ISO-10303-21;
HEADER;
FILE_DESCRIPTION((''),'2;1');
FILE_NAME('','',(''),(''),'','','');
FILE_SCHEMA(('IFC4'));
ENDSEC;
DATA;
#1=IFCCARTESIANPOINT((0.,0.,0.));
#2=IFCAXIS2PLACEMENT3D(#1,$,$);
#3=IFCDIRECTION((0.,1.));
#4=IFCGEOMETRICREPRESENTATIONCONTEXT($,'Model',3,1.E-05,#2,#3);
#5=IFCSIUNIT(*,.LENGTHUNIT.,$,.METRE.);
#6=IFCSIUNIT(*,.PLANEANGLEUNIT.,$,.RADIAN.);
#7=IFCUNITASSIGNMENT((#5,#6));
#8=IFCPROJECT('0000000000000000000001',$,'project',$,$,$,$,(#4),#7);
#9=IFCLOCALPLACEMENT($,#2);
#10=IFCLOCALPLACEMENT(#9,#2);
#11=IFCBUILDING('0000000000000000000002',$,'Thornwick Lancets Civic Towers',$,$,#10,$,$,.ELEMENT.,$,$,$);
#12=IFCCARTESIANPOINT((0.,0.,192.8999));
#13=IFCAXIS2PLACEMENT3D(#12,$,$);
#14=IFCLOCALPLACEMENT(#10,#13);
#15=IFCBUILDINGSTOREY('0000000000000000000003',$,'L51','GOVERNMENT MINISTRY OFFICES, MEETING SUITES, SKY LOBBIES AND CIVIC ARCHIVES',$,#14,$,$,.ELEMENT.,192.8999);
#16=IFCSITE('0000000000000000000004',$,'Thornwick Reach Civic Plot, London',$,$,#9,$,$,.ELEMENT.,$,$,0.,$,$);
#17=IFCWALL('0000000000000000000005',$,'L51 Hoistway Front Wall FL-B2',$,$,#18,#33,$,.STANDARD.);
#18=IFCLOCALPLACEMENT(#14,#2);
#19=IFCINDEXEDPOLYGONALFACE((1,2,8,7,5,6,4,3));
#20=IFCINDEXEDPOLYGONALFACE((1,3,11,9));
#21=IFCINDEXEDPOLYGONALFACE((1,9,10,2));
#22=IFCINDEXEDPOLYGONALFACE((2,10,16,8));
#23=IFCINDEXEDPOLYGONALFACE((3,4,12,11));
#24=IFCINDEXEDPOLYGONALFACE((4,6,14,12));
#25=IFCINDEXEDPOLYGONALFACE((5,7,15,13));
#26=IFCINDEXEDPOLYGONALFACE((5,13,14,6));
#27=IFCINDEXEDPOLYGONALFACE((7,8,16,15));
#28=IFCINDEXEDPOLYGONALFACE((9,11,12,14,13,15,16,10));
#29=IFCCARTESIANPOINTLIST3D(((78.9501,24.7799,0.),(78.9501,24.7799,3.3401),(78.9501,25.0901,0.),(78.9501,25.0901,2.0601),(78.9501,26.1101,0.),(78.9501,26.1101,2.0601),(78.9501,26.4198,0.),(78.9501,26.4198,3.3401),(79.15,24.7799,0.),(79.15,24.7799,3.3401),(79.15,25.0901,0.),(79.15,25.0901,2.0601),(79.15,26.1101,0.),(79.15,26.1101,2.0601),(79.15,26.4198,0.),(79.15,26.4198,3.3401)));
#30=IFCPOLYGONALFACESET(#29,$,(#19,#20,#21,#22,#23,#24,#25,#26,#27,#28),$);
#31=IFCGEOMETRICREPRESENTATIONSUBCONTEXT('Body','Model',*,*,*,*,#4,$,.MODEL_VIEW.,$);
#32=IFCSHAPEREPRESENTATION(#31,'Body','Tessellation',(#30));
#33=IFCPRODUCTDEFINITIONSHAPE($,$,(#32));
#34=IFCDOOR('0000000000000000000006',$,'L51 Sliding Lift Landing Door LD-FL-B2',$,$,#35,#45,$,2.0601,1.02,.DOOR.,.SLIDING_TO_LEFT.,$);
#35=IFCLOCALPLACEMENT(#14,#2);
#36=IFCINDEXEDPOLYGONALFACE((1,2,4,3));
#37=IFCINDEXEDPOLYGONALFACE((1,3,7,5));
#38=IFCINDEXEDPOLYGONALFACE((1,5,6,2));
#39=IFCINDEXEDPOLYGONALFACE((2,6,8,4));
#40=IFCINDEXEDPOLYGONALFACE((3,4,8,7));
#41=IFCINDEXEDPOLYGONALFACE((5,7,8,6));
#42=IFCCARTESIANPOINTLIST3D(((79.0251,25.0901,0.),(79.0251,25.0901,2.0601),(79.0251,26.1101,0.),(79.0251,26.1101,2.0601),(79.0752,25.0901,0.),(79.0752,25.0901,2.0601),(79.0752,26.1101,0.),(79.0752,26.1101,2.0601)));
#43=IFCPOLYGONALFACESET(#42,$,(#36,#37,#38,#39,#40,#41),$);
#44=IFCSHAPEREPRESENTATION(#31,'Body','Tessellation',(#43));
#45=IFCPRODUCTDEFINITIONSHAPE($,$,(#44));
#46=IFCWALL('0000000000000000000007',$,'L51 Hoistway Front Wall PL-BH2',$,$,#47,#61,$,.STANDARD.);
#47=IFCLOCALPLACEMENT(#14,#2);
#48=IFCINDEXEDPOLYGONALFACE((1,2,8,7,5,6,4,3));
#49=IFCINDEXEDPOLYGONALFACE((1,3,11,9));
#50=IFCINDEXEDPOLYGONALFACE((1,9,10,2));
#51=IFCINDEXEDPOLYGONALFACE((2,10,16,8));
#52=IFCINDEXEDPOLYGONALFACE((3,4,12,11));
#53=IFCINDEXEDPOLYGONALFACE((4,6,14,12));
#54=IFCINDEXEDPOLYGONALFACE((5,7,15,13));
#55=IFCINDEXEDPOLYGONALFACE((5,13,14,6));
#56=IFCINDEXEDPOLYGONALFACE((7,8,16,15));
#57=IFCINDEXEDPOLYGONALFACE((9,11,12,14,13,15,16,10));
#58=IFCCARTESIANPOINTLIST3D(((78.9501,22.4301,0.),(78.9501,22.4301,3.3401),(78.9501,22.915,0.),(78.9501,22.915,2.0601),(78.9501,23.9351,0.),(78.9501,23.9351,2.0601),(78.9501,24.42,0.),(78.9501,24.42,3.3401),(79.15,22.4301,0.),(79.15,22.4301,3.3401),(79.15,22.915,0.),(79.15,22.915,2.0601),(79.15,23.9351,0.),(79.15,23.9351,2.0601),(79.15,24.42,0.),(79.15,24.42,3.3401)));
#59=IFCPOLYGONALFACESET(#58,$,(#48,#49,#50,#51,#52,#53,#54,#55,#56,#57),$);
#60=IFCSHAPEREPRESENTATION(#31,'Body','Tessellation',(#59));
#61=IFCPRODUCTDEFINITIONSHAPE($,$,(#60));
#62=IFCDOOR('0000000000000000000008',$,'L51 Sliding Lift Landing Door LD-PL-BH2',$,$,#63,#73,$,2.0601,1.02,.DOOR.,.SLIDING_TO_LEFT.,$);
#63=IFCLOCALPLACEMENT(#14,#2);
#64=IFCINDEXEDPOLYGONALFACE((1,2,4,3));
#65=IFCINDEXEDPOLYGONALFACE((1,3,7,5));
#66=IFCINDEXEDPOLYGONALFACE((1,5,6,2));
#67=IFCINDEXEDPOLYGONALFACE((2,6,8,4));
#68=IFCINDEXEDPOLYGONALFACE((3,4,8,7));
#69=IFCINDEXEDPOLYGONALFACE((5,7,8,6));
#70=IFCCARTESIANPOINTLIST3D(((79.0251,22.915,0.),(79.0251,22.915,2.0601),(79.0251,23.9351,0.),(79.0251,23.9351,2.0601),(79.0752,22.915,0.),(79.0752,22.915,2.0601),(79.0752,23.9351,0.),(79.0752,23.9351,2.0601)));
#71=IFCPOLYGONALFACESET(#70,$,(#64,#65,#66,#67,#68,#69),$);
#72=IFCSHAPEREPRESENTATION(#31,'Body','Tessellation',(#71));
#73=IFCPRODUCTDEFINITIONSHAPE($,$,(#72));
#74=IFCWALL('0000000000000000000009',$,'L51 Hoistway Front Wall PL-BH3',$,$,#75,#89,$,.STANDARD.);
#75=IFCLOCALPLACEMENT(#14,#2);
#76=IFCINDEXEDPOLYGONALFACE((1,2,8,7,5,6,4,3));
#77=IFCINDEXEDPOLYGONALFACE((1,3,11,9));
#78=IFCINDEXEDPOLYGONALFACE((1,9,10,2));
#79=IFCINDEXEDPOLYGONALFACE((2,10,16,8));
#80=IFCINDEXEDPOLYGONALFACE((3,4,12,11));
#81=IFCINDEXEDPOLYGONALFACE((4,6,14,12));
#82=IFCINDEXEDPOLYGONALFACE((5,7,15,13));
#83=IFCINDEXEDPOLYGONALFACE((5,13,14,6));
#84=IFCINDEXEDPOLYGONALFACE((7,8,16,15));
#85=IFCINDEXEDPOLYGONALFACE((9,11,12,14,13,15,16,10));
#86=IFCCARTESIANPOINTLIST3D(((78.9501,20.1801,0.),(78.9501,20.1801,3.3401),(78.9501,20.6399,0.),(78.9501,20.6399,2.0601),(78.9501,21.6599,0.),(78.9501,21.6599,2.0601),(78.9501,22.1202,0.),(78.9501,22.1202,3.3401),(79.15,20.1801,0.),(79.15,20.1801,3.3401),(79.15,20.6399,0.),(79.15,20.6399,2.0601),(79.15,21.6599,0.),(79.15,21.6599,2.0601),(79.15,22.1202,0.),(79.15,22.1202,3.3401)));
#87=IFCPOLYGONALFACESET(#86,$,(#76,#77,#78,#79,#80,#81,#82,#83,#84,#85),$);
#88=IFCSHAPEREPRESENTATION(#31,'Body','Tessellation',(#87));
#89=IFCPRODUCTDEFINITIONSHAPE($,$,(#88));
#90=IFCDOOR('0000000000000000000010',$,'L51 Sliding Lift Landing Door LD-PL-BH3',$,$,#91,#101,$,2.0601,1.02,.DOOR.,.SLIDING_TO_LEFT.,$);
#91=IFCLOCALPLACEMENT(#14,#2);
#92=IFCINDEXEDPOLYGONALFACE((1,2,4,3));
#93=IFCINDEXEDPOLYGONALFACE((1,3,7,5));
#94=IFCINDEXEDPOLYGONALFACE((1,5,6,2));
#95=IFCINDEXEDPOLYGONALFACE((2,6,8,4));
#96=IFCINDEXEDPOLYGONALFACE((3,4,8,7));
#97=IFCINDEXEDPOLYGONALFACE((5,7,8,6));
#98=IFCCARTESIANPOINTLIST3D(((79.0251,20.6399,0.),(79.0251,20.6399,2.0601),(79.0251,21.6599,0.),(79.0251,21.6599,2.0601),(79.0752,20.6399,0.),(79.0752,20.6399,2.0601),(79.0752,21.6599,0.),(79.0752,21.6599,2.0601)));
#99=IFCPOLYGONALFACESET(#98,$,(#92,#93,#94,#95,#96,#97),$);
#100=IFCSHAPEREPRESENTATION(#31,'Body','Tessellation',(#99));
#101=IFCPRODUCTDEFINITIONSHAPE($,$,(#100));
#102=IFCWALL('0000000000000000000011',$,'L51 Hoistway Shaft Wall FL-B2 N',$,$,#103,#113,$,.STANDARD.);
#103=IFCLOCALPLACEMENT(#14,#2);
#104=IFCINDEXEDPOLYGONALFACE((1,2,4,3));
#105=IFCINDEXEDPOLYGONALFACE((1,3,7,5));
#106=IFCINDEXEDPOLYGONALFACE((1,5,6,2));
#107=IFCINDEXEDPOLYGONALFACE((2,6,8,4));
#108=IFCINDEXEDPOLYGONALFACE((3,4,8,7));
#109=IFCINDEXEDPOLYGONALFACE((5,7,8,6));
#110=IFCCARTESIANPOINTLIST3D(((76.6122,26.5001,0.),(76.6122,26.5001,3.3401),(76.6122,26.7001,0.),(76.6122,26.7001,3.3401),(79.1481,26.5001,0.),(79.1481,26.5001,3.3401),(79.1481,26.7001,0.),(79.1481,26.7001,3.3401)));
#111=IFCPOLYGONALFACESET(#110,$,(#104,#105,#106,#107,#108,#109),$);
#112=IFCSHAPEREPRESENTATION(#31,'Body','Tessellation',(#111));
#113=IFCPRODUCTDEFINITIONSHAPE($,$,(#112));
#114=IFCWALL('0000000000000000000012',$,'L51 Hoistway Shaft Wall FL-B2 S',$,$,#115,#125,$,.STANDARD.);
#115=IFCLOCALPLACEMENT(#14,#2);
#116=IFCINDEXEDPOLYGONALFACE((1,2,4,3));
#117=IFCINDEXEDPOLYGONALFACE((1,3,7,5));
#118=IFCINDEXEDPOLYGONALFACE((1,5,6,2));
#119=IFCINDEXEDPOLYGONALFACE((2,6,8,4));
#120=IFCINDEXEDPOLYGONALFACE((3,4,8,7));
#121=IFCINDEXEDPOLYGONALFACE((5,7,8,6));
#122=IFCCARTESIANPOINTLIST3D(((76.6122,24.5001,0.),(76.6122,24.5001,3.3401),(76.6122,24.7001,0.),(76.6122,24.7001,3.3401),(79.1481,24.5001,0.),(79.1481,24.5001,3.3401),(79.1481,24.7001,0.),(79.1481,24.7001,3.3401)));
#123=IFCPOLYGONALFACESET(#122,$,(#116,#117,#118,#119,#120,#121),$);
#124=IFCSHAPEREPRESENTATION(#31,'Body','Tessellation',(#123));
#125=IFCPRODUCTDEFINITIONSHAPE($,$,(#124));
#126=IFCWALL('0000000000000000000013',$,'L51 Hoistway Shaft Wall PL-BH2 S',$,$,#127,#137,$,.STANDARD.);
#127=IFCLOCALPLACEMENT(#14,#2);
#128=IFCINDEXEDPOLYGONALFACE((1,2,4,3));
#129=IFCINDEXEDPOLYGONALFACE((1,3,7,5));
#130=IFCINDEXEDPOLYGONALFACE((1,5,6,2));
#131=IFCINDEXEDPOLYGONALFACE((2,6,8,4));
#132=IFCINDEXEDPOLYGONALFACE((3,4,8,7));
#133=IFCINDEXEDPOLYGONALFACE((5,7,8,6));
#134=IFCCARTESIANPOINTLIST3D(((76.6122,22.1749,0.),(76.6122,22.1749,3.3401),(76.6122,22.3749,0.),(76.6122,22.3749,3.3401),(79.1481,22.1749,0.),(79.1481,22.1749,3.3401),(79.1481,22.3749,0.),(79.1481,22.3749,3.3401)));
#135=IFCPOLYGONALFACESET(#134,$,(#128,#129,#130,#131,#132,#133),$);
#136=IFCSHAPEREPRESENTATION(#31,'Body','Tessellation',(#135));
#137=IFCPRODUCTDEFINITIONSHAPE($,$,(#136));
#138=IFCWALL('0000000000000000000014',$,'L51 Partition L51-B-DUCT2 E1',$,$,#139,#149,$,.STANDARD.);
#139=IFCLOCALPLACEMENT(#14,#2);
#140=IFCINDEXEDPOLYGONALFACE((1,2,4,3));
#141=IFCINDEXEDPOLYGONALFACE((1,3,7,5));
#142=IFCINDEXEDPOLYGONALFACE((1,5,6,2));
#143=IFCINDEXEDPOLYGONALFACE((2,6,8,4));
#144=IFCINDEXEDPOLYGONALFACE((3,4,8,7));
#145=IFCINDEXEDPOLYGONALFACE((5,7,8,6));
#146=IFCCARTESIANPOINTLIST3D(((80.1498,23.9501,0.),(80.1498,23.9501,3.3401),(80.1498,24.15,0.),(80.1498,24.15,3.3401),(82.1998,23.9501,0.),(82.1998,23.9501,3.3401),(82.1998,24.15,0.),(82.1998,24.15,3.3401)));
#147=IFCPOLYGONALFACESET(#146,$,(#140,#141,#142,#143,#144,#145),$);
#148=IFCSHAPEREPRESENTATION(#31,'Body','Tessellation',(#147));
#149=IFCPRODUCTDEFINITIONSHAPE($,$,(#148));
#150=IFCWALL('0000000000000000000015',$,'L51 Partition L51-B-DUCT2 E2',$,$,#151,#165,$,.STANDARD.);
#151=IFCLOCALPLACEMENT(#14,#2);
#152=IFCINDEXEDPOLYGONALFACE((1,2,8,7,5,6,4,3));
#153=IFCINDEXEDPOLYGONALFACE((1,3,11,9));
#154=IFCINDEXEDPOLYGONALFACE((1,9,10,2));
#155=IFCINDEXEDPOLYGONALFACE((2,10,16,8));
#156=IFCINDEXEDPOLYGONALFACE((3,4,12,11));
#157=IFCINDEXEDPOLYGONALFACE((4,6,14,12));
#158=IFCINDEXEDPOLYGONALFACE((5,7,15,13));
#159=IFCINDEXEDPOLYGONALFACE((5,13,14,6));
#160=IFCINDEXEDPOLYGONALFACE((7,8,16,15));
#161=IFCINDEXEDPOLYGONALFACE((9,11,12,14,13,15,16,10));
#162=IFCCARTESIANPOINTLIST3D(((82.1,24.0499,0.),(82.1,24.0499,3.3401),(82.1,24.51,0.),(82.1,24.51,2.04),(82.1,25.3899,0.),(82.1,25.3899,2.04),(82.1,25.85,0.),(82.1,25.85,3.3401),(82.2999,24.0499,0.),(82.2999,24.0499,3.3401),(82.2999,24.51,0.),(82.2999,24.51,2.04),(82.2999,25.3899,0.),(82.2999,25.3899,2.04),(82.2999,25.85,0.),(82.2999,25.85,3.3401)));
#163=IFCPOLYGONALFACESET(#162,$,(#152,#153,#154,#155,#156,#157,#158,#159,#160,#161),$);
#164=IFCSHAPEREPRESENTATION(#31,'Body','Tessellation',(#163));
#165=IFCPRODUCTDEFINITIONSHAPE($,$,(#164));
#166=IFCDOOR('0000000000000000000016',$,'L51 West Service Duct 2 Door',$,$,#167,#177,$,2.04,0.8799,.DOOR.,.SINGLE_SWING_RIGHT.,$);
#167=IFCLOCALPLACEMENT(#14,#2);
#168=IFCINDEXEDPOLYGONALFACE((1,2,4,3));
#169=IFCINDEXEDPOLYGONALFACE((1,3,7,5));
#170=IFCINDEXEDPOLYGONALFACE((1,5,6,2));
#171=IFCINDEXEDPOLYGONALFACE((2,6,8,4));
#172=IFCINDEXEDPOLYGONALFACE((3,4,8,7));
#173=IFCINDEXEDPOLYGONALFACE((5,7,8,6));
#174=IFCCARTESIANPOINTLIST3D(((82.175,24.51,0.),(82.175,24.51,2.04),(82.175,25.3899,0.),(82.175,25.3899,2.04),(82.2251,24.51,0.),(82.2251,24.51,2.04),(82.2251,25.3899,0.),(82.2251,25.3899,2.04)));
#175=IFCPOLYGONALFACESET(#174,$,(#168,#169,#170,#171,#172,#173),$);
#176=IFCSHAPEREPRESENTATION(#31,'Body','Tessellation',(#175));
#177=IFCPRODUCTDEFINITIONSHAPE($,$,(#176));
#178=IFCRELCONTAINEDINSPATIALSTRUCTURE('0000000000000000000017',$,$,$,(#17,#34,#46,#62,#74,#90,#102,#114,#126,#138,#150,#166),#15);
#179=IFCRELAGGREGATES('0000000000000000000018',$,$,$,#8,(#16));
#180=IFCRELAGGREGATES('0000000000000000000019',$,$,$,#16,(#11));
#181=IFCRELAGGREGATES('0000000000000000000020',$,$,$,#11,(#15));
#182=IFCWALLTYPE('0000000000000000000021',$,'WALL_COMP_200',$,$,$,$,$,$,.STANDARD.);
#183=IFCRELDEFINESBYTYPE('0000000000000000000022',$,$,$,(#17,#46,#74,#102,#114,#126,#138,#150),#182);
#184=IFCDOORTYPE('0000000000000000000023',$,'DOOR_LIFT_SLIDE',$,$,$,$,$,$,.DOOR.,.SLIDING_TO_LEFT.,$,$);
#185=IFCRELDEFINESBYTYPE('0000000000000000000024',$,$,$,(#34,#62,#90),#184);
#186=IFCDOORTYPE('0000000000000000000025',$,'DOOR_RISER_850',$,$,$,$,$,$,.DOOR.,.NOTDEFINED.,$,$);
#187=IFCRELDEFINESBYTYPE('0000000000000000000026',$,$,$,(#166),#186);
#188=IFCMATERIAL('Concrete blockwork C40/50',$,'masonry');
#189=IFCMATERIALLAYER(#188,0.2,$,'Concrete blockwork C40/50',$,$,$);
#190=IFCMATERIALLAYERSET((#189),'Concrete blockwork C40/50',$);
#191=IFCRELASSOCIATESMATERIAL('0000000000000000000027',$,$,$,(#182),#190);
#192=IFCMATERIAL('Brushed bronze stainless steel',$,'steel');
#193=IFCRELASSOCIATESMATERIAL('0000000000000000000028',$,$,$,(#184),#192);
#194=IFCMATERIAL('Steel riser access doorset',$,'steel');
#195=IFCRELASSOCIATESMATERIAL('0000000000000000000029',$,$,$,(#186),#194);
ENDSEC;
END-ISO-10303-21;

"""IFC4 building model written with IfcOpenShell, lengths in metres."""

from ifc_helpers import new_model, si_unit, direction, frame, frame_2d, origin, place, context, subcontext, project, spatial, rectangle, extrude, material, layer, layer_set, type_object, element, fill, save


model = new_model("IFC4")

# Units and contexts
model_context = context("Model", 3, precision=1e-05, world=origin(), true_north=direction((0.0, 1.0)))
body_context = subcontext(model_context, "Body", "Model", "MODEL_VIEW")
ifc_project = project(units=[si_unit("LENGTHUNIT", "METRE"), si_unit("PLANEANGLEUNIT", "RADIAN")], contexts=[model_context])

# Site, building, storey
site_placement = place(None, origin())
site = spatial("IfcSite", under=ifc_project, at=site_placement, Name="Thornwick Reach Civic Plot, London", CompositionType="ELEMENT", RefElevation=0.0)
building_placement = place(site_placement, origin())
building = spatial("IfcBuilding", under=site, at=building_placement, Name="Thornwick Lancets Civic Towers", CompositionType="ELEMENT")
storey_placement = place(building_placement, frame((0.0, 0.0, 192.8999)))
storey = spatial("IfcBuildingStorey", under=building, at=storey_placement, Name="L51", Description="GOVERNMENT MINISTRY OFFICES, MEETING SUITES, SKY LOBBIES AND CIVIC ARCHIVES", CompositionType="ELEMENT", Elevation=192.8999)

# Walls, openings, doors
ifc_material_1 = material(Name="Concrete blockwork C40/50", Category="masonry")
ifc_layer_1 = layer(ifc_material_1, 0.2, Name="Concrete blockwork C40/50")
ifc_layer_set_1 = layer_set([ifc_layer_1], Name="Concrete blockwork C40/50")
wall_type_1 = type_object("IfcWallType", Name="WALL_COMP_200", PredefinedType="STANDARD", material=ifc_layer_set_1)
wall_1_placement = place(storey_placement, frame((79.05, 24.78, 0.0), z_axis=(0.0, 0.0, 1.0), x_axis=(0.0, 1.0, 0.0)))
wall_1 = element("IfcWall", 1, at=wall_1_placement, inside=storey, type_object=wall_type_1, Name="L51 Hoistway Front Wall FL-B2", PredefinedType="STANDARD", context=body_context, shape_type="SweptSolid", body=[
    extrude(rectangle(XDim=1.6399, YDim=0.2, at=frame_2d((0.8198, 0.0))), origin(), (0.0, 0.0, 1.0), 3.3401),
])
opening_1_placement = place(wall_1_placement, frame((0.3101, 0.0, 0.0)))
opening_1 = element("IfcOpeningElement", 2, at=opening_1_placement, cuts=wall_1, PredefinedType="OPENING", context=body_context, shape_type="SweptSolid", body=[
    extrude(rectangle(XDim=1.02, YDim=2.0601, at=frame_2d((0.51, 1.03))), frame((0.0, 0.1099, 0.0), z_axis=(0.0, -1.0, 0.0), x_axis=(1.0, 0.0, 0.0)), (0.0, 0.0, 1.0), 0.22),
])
ifc_material_2 = material(Name="Brushed bronze stainless steel", Category="steel")
door_type_1 = type_object("IfcDoorType", Name="DOOR_LIFT_SLIDE", OperationType="SLIDING_TO_LEFT", PredefinedType="DOOR", material=ifc_material_2)
door_1_placement = place(opening_1_placement, origin())
door_1 = element("IfcDoor", 3, at=door_1_placement, inside=storey, type_object=door_type_1, Name="L51 Sliding Lift Landing Door LD-FL-B2", OperationType="SLIDING_TO_LEFT", OverallHeight=2.0601, OverallWidth=1.02, PredefinedType="DOOR", context=body_context, shape_type="SweptSolid", body=[
    extrude(rectangle(XDim=1.02, YDim=2.0601, at=frame_2d((0.51, 1.03))), frame((0.0, 0.0249, 0.0), z_axis=(0.0, -1.0, 0.0), x_axis=(1.0, 0.0, 0.0)), (0.0, 0.0, 1.0), 0.05),
])
fill(opening_1, door_1)
wall_2_placement = place(storey_placement, frame((79.05, 22.4299, 0.0), z_axis=(0.0, 0.0, 1.0), x_axis=(0.0, 1.0, 0.0)))
wall_2 = element("IfcWall", 4, at=wall_2_placement, inside=storey, type_object=wall_type_1, Name="L51 Hoistway Front Wall PL-BH2", PredefinedType="STANDARD", context=body_context, shape_type="SweptSolid", body=[
    extrude(rectangle(XDim=1.99, YDim=0.2, at=frame_2d((0.9951, 0.0))), origin(), (0.0, 0.0, 1.0), 3.3401),
])
opening_2_placement = place(wall_2_placement, frame((0.4851, 0.0, 0.0)))
opening_2 = element("IfcOpeningElement", 5, at=opening_2_placement, cuts=wall_2, PredefinedType="OPENING", context=body_context, shape_type="SweptSolid", body=[
    extrude(rectangle(XDim=1.02, YDim=2.0601, at=frame_2d((0.51, 1.03))), frame((0.0, 0.1099, 0.0), z_axis=(0.0, -1.0, 0.0), x_axis=(1.0, 0.0, 0.0)), (0.0, 0.0, 1.0), 0.22),
])
door_2_placement = place(opening_2_placement, origin())
door_2 = element("IfcDoor", 6, at=door_2_placement, inside=storey, type_object=door_type_1, Name="L51 Sliding Lift Landing Door LD-PL-BH2", OperationType="SLIDING_TO_LEFT", OverallHeight=2.0601, OverallWidth=1.02, PredefinedType="DOOR", context=body_context, shape_type="SweptSolid", body=[
    extrude(rectangle(XDim=1.02, YDim=2.0601, at=frame_2d((0.51, 1.03))), frame((0.0, 0.0249, 0.0), z_axis=(0.0, -1.0, 0.0), x_axis=(1.0, 0.0, 0.0)), (0.0, 0.0, 1.0), 0.05),
])
fill(opening_2, door_2)
wall_3_placement = place(storey_placement, frame((79.05, 20.1799, 0.0), z_axis=(0.0, 0.0, 1.0), x_axis=(0.0, 1.0, 0.0)))
wall_3 = element("IfcWall", 7, at=wall_3_placement, inside=storey, type_object=wall_type_1, Name="L51 Hoistway Front Wall PL-BH3", PredefinedType="STANDARD", context=body_context, shape_type="SweptSolid", body=[
    extrude(rectangle(XDim=1.9402, YDim=0.2, at=frame_2d((0.9702, 0.0))), origin(), (0.0, 0.0, 1.0), 3.3401),
])
opening_3_placement = place(wall_3_placement, frame((0.46, 0.0, 0.0)))
opening_3 = element("IfcOpeningElement", 8, at=opening_3_placement, cuts=wall_3, PredefinedType="OPENING", context=body_context, shape_type="SweptSolid", body=[
    extrude(rectangle(XDim=1.02, YDim=2.0601, at=frame_2d((0.51, 1.03))), frame((0.0, 0.1099, 0.0), z_axis=(0.0, -1.0, 0.0), x_axis=(1.0, 0.0, 0.0)), (0.0, 0.0, 1.0), 0.22),
])
door_3_placement = place(opening_3_placement, origin())
door_3 = element("IfcDoor", 9, at=door_3_placement, inside=storey, type_object=door_type_1, Name="L51 Sliding Lift Landing Door LD-PL-BH3", OperationType="SLIDING_TO_LEFT", OverallHeight=2.0601, OverallWidth=1.02, PredefinedType="DOOR", context=body_context, shape_type="SweptSolid", body=[
    extrude(rectangle(XDim=1.02, YDim=2.0601, at=frame_2d((0.51, 1.03))), frame((0.0, 0.0249, 0.0), z_axis=(0.0, -1.0, 0.0), x_axis=(1.0, 0.0, 0.0)), (0.0, 0.0, 1.0), 0.05),
])
fill(opening_3, door_3)

# Walls
for number, where, z_axis, x_axis, name in (
    (10, (76.6121, 26.6001, 0.0), (0.0, 0.0, 1.0), (1.0, 0.0, 0.0), "L51 Hoistway Shaft Wall FL-B2 N"),
    (11, (76.6121, 24.6001, 0.0), (0.0, 0.0, 1.0), (1.0, 0.0, 0.0), "L51 Hoistway Shaft Wall FL-B2 S"),
    (12, (76.6121, 22.2749, 0.0), (0.0, 0.0, 1.0), (1.0, 0.0, 0.0), "L51 Hoistway Shaft Wall PL-BH2 S"),
):
    element("IfcWall", number, at=place(storey_placement, frame(where, z_axis=z_axis, x_axis=x_axis)), inside=storey, type_object=wall_type_1, Name=name, PredefinedType="STANDARD", context=body_context, shape_type="SweptSolid", body=[
        extrude(rectangle(XDim=2.5359, YDim=0.2, at=frame_2d((1.2681, 0.0))), origin(), (0.0, 0.0, 1.0), 3.3401),
    ])
wall_4_placement = place(storey_placement, frame((80.1499, 24.05, 0.0), z_axis=(0.0, 0.0, 1.0), x_axis=(1.0, 0.0, 0.0)))
element("IfcWall", 13, at=wall_4_placement, inside=storey, type_object=wall_type_1, Name="L51 Partition L51-B-DUCT2 E1", PredefinedType="STANDARD", context=body_context, shape_type="SweptSolid", body=[
    extrude(rectangle(XDim=2.05, YDim=0.2, at=frame_2d((1.0249, 0.0))), origin(), (0.0, 0.0, 1.0), 3.3401),
])

# Wall, opening, door
wall_5_placement = place(storey_placement, frame((82.2, 24.05, 0.0), z_axis=(0.0, 0.0, 1.0), x_axis=(0.0, 1.0, 0.0)))
wall_5 = element("IfcWall", 14, at=wall_5_placement, inside=storey, type_object=wall_type_1, Name="L51 Partition L51-B-DUCT2 E2", PredefinedType="STANDARD", context=body_context, shape_type="SweptSolid", body=[
    extrude(rectangle(XDim=1.8, YDim=0.2, at=frame_2d((0.8999, 0.0))), origin(), (0.0, 0.0, 1.0), 3.3401),
])
opening_4_placement = place(wall_5_placement, frame((0.46, 0.0, 0.0)))
opening_4 = element("IfcOpeningElement", 15, at=opening_4_placement, cuts=wall_5, PredefinedType="OPENING", context=body_context, shape_type="SweptSolid", body=[
    extrude(rectangle(XDim=0.8799, YDim=2.04, at=frame_2d((0.4399, 1.02))), frame((0.0, 0.1099, 0.0), z_axis=(0.0, -1.0, 0.0), x_axis=(1.0, 0.0, 0.0)), (0.0, 0.0, 1.0), 0.22),
])
ifc_material_3 = material(Name="Steel riser access doorset", Category="steel")
door_type_2 = type_object("IfcDoorType", Name="DOOR_RISER_850", OperationType="NOTDEFINED", PredefinedType="DOOR", material=ifc_material_3)
door_4_placement = place(opening_4_placement, origin())
door_4 = element("IfcDoor", 16, at=door_4_placement, inside=storey, type_object=door_type_2, Name="L51 West Service Duct 2 Door", OperationType="SINGLE_SWING_RIGHT", OverallHeight=2.04, OverallWidth=0.8799, PredefinedType="DOOR", context=body_context, shape_type="SweptSolid", body=[
    extrude(rectangle(XDim=0.8799, YDim=2.04, at=frame_2d((0.4399, 1.02))), frame((0.0, 0.0249, 0.0), z_axis=(0.0, -1.0, 0.0), x_axis=(1.0, 0.0, 0.0)), (0.0, 0.0, 1.0), 0.05),
])
fill(opening_4, door_4)

save(model, "model.ifc")
